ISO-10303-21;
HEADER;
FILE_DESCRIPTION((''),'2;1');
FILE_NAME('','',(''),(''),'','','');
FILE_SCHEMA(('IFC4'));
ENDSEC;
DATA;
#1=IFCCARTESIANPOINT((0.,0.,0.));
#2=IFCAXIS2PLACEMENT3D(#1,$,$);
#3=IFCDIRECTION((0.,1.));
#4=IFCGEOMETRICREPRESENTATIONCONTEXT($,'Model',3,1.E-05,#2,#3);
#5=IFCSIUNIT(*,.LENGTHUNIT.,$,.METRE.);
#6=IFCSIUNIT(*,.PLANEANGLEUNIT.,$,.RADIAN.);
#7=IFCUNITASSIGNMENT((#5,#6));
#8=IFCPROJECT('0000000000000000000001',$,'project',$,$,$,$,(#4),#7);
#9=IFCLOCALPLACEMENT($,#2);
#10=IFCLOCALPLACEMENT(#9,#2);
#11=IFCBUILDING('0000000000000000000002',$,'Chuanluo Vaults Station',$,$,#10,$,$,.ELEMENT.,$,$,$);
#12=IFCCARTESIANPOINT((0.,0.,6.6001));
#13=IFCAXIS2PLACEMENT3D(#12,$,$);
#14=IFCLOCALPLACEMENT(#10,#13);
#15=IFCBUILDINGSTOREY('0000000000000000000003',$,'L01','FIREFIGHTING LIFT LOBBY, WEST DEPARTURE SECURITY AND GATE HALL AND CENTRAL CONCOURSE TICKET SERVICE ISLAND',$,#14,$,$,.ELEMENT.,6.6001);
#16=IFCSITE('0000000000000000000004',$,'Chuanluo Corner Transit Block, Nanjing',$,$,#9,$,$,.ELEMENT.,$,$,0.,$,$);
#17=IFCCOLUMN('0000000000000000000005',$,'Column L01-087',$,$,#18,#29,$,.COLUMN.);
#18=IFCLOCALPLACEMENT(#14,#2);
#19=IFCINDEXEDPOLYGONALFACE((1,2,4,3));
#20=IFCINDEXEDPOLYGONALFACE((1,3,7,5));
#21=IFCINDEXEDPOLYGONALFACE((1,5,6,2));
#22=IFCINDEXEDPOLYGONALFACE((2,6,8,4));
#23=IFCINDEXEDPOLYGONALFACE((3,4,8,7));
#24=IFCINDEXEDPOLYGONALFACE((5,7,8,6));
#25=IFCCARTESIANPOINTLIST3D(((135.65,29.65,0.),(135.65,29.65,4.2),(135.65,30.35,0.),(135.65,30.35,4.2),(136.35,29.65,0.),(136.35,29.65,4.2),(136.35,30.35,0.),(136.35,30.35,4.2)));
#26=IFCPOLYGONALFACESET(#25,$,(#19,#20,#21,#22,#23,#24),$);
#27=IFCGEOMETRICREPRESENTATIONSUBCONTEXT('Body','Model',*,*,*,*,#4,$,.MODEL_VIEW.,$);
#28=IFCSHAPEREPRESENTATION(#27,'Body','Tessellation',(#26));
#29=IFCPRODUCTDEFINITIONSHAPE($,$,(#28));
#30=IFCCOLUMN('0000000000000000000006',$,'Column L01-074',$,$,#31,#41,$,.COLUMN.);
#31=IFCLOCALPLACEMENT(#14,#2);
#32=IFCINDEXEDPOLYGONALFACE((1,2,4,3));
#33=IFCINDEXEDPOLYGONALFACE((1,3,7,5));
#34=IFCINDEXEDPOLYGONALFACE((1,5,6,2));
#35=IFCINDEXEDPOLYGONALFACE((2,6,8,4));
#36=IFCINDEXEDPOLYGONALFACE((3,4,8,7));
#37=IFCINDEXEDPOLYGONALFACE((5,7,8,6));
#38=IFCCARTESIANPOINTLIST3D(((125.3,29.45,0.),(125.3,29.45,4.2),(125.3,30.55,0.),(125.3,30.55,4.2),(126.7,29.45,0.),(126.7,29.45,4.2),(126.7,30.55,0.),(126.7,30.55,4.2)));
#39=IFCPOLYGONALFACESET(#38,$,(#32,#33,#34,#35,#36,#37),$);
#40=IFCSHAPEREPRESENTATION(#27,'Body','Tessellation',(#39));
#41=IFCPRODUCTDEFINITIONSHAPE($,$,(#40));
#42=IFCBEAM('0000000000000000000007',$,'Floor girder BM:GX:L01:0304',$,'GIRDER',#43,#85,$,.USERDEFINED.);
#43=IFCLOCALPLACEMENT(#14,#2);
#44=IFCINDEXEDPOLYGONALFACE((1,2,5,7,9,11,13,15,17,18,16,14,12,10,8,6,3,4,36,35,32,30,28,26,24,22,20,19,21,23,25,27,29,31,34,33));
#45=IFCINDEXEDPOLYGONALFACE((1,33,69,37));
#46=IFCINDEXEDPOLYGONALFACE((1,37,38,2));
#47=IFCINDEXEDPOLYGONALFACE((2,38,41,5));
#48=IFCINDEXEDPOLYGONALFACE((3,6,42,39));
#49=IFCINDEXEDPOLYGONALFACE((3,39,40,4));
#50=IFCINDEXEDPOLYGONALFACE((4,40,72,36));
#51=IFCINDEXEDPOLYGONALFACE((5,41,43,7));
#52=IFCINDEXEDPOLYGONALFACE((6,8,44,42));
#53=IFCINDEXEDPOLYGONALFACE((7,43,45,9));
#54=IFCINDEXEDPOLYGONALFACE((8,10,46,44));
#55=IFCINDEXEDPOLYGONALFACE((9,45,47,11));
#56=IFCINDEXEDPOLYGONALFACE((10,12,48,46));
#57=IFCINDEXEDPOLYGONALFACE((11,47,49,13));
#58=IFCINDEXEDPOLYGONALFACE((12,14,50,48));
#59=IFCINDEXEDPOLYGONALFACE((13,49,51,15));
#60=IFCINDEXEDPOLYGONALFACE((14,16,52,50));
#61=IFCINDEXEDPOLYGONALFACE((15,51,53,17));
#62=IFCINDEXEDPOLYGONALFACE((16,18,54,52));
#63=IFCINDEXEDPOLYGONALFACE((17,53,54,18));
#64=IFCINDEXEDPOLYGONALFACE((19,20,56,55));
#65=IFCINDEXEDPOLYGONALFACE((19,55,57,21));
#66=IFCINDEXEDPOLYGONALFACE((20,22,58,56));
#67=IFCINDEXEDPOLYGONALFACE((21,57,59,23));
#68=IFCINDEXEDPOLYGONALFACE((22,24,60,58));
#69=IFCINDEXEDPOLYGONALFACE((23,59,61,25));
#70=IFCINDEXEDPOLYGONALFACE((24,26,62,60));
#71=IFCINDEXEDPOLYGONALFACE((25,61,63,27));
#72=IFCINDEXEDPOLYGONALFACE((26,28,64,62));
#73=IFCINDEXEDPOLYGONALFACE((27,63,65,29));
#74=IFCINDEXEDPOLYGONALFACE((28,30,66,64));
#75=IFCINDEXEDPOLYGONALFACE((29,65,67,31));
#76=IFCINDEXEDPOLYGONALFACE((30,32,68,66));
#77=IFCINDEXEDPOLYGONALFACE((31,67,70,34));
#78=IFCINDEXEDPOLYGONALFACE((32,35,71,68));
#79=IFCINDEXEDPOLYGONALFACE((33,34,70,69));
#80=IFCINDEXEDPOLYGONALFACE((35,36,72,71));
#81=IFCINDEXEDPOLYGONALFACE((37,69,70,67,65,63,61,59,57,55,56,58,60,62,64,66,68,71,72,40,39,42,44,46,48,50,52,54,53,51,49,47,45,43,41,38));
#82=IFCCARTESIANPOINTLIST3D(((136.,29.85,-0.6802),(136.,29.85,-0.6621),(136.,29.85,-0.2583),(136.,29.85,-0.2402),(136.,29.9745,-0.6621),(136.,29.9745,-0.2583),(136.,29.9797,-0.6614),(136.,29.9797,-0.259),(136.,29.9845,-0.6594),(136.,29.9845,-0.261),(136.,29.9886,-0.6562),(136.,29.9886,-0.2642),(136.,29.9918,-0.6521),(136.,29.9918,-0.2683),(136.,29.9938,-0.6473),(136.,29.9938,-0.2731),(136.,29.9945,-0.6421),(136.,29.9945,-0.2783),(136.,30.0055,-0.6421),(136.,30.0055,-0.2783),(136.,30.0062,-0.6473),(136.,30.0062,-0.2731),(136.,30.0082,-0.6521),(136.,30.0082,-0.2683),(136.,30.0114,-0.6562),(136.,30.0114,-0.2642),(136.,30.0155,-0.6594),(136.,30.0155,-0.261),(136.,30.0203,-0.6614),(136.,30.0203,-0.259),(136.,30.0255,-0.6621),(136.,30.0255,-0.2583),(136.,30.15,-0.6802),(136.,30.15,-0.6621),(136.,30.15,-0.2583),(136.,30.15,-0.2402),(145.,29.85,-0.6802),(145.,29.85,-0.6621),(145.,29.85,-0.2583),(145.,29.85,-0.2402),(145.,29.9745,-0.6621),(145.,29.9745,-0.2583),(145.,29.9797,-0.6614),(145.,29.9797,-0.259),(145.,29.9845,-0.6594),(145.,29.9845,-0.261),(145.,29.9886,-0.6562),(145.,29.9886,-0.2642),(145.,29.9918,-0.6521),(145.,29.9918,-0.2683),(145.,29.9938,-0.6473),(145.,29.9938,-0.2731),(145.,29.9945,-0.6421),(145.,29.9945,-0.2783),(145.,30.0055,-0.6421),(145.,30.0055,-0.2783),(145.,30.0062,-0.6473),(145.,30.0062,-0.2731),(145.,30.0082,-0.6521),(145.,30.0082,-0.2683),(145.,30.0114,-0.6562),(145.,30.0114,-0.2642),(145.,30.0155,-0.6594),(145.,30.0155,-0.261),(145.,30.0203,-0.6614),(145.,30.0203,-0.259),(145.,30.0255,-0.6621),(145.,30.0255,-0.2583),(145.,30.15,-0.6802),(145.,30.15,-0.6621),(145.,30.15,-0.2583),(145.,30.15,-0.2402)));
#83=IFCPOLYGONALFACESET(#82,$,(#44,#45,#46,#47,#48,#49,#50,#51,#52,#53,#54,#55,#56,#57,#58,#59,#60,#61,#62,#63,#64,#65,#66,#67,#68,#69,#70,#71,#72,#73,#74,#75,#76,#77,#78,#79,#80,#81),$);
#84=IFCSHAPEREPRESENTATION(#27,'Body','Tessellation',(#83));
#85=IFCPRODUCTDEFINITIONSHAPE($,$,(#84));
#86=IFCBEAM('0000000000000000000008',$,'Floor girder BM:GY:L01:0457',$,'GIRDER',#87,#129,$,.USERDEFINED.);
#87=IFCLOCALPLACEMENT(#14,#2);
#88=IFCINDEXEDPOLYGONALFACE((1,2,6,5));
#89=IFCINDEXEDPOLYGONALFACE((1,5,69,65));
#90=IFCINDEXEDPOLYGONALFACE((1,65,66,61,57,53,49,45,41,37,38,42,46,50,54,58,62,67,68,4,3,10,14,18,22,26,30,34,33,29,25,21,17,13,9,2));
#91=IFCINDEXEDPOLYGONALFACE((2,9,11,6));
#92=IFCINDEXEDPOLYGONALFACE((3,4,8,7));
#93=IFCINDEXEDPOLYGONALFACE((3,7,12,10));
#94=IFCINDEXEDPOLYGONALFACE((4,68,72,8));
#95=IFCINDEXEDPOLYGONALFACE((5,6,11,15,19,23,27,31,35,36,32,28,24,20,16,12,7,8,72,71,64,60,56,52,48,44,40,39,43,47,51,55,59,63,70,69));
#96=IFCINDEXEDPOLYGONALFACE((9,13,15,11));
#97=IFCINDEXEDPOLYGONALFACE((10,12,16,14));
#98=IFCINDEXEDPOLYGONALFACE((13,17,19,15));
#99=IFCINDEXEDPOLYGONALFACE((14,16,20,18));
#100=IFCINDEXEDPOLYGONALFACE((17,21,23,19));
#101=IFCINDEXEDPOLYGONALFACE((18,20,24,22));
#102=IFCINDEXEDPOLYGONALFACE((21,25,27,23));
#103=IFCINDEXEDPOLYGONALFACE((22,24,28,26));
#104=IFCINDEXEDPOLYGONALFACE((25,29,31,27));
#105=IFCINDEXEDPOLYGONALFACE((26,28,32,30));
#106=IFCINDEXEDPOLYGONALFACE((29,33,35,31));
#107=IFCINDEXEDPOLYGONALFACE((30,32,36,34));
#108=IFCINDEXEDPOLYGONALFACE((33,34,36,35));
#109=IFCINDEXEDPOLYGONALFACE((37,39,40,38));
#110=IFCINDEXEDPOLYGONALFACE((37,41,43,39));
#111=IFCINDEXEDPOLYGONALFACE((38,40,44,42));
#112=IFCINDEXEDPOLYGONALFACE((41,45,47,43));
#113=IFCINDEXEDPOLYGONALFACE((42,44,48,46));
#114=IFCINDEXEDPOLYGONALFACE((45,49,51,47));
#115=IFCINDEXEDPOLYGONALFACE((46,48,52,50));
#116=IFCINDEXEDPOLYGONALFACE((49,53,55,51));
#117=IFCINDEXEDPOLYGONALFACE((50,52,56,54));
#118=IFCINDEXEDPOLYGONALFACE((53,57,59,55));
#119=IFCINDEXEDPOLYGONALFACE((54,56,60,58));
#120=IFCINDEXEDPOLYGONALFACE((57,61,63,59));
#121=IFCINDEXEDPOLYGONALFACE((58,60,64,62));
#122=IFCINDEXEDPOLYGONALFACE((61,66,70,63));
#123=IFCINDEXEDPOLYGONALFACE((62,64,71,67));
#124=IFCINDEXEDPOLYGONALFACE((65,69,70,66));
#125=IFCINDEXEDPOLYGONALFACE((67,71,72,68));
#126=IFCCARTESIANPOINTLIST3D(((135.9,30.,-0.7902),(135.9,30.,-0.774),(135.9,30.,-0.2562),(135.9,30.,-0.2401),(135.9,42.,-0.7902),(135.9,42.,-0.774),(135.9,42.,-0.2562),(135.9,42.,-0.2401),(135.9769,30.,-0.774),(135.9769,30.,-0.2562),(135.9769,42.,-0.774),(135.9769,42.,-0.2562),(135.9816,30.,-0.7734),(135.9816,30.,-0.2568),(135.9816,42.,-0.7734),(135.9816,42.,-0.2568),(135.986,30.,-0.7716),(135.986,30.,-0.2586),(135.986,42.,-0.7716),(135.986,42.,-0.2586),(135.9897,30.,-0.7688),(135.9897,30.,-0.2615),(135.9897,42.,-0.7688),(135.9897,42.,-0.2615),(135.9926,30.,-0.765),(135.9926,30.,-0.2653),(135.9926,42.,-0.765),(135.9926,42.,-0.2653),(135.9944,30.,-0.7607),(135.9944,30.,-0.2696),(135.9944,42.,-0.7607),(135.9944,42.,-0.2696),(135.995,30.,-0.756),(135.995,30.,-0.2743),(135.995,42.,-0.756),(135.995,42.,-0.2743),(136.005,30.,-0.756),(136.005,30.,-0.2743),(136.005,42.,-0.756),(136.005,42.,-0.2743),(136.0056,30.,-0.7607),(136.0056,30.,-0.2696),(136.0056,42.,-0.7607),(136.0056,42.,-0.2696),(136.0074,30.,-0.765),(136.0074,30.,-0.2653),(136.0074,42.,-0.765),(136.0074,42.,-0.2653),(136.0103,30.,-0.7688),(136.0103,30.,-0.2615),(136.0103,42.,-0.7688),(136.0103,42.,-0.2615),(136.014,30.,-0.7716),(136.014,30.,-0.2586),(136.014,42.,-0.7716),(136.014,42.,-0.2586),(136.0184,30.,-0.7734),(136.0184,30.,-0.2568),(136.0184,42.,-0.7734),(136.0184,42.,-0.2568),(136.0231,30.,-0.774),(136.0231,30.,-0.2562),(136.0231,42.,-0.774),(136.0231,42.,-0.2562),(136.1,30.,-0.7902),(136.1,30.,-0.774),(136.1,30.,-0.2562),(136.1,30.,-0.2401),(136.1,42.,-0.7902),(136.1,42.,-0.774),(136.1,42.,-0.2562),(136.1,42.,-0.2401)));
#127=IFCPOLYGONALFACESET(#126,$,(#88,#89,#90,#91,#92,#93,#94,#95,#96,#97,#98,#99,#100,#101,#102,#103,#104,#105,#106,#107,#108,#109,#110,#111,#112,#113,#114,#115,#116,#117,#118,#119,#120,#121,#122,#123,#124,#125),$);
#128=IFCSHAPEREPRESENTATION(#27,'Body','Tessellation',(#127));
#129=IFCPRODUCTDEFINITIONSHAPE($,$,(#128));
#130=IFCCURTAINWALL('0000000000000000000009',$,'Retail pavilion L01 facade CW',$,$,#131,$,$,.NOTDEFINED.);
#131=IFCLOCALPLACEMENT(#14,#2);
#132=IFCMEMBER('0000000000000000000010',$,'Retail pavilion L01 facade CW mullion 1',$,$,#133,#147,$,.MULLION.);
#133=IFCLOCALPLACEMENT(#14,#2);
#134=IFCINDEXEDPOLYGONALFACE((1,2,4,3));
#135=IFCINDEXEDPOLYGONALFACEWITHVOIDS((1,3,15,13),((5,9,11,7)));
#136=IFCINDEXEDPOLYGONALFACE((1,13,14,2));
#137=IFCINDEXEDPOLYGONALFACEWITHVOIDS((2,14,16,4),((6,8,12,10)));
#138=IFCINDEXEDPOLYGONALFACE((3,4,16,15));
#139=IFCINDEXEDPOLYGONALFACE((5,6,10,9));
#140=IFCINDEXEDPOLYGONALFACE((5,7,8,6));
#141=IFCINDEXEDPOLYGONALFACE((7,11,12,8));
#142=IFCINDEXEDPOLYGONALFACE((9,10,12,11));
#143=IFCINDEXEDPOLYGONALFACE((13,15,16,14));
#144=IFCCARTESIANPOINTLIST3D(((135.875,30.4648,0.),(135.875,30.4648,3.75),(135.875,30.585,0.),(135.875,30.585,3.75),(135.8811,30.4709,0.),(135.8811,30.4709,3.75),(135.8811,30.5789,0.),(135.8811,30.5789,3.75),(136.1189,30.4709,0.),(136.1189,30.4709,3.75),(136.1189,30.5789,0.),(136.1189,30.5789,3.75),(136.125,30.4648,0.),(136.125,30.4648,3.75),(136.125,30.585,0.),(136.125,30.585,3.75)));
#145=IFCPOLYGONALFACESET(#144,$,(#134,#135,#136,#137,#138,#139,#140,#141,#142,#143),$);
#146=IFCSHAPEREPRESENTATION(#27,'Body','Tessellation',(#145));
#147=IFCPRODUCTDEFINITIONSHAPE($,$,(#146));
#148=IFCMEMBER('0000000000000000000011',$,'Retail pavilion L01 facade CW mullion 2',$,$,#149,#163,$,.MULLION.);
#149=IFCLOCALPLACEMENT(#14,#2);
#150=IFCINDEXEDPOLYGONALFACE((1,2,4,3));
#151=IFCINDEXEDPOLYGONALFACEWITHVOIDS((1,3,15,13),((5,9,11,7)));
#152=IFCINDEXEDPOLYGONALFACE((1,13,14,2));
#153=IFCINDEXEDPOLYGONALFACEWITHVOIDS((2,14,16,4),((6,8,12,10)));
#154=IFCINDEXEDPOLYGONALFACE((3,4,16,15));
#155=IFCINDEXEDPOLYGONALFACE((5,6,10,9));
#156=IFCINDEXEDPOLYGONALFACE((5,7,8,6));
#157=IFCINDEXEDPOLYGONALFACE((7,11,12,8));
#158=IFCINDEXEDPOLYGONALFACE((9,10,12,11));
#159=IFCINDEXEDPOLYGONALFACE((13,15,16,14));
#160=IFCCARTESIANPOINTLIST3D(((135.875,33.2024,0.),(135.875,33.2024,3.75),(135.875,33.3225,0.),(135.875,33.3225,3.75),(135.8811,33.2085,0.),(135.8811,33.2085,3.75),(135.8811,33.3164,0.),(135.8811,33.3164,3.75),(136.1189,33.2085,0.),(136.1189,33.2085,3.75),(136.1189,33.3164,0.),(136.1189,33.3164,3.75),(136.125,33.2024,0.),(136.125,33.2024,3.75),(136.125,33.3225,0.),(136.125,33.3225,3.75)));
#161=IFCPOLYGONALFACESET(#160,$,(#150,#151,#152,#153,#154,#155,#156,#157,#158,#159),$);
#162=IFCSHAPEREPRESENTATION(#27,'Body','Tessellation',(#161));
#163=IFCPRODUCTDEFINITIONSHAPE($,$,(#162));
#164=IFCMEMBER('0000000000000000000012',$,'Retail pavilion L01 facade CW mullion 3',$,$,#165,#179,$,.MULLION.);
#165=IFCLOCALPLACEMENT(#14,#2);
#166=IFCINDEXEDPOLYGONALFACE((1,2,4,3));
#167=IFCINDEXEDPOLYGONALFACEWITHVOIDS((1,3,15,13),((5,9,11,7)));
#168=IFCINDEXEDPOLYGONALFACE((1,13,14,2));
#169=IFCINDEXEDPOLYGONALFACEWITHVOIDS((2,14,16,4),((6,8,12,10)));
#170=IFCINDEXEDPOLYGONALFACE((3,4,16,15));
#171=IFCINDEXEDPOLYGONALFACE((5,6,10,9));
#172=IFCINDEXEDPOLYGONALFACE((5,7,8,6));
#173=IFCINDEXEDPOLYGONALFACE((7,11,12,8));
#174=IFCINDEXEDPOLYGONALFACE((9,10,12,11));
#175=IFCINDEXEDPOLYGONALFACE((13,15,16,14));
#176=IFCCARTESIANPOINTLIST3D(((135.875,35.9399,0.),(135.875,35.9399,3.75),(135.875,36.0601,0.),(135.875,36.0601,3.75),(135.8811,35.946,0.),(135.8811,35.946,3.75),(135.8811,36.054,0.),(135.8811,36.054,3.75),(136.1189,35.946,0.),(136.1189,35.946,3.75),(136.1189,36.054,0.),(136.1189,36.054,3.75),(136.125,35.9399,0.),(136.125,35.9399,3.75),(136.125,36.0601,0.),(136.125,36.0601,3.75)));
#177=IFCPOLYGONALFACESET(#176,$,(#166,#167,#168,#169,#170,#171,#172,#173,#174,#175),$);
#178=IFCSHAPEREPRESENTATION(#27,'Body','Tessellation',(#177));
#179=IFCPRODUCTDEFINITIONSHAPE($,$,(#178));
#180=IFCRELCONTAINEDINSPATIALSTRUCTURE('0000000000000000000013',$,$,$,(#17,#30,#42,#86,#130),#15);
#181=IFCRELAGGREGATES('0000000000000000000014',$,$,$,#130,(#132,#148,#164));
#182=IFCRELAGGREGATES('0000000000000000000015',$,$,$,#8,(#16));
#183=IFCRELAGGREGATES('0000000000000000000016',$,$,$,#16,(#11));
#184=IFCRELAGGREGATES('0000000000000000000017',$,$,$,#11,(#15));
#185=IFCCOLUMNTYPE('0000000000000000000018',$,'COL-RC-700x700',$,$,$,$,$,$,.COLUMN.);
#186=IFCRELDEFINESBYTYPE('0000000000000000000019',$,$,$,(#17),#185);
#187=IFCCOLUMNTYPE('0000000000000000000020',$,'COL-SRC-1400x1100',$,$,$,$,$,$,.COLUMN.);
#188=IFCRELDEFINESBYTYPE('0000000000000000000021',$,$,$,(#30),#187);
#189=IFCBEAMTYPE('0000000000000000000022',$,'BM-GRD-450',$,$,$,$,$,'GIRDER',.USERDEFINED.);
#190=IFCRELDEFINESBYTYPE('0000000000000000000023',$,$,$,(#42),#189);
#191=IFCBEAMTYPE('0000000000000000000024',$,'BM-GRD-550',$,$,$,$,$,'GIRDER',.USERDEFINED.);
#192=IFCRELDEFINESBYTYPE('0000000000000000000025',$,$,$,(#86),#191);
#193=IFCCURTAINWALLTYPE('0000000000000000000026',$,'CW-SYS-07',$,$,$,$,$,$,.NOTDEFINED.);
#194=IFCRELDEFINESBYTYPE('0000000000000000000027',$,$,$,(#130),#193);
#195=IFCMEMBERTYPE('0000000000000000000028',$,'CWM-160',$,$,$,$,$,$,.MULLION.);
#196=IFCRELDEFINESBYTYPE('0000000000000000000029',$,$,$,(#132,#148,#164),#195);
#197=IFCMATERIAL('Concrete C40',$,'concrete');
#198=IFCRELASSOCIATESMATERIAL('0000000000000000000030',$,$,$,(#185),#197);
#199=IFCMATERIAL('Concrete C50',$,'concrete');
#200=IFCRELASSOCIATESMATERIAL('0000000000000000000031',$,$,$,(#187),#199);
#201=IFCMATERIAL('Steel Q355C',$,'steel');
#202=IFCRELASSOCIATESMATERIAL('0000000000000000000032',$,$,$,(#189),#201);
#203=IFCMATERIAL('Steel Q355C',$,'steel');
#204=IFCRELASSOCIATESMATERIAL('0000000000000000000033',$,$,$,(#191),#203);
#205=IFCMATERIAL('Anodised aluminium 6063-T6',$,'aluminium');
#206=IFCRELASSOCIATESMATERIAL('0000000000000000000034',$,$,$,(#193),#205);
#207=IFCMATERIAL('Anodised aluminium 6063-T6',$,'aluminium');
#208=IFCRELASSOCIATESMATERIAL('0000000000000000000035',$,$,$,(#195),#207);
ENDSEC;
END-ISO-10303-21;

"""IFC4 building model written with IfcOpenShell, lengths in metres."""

from ifc_helpers import new_model, si_unit, direction, frame, origin, origin_2d, place, context, subcontext, project, spatial, rectangle, hollow_rectangle, i_section, extrude, material, material_profile, profile_set, type_object, element, aggregate, save


model = new_model("IFC4")

# Units and contexts
model_context = context("Model", 3, precision=1e-05, world=origin(), true_north=direction((0.0, 1.0)))
body_context = subcontext(model_context, "Body", "Model", "MODEL_VIEW")
ifc_project = project(units=[si_unit("LENGTHUNIT", "METRE"), si_unit("PLANEANGLEUNIT", "RADIAN")], contexts=[model_context])

# Site, building, storey
site_placement = place(None, origin())
site = spatial("IfcSite", under=ifc_project, at=site_placement, Name="Chuanluo Corner Transit Block, Nanjing", CompositionType="ELEMENT", RefElevation=0.0)
building_placement = place(site_placement, origin())
building = spatial("IfcBuilding", under=site, at=building_placement, Name="Chuanluo Vaults Station", CompositionType="ELEMENT")
storey_placement = place(building_placement, frame((0.0, 0.0, 6.6001)))
storey = spatial("IfcBuildingStorey", under=building, at=storey_placement, Name="L01", Description="FIREFIGHTING LIFT LOBBY, WEST DEPARTURE SECURITY AND GATE HALL AND CENTRAL CONCOURSE TICKET SERVICE ISLAND", CompositionType="ELEMENT", Elevation=6.6001)

# Columns
ifc_material_1 = material(Name="Concrete C40", Category="concrete")
ifc_material_profile_1 = material_profile(ifc_material_1, rectangle(XDim=0.7, YDim=0.7, at=origin_2d()))
ifc_profile_set_1 = profile_set([ifc_material_profile_1], Name="Concrete C40")
column_type_1 = type_object("IfcColumnType", Name="COL-RC-700x700", PredefinedType="COLUMN", material=ifc_profile_set_1)
column_1_placement = place(storey_placement, frame((136.0, 30.0, 0.0), z_axis=(0.0, 0.0, 1.0), x_axis=(1.0, 0.0, 0.0)))
element("IfcColumn", 1, at=column_1_placement, inside=storey, type_object=column_type_1, Name="Column L01-087", PredefinedType="COLUMN", context=body_context, shape_type="SweptSolid", body=[
    extrude(rectangle(XDim=0.7, YDim=0.7, at=origin_2d()), origin(), (0.0, 0.0, 1.0), 4.2),
])
ifc_material_2 = material(Name="Concrete C50", Category="concrete")
ifc_material_profile_2 = material_profile(ifc_material_2, rectangle(XDim=1.3999, YDim=1.1001, at=origin_2d()))
ifc_profile_set_2 = profile_set([ifc_material_profile_2], Name="Concrete C50")
column_type_2 = type_object("IfcColumnType", Name="COL-SRC-1400x1100", PredefinedType="COLUMN", material=ifc_profile_set_2)
column_2_placement = place(storey_placement, frame((126.0, 30.0, 0.0), z_axis=(0.0, 0.0, 1.0), x_axis=(1.0, 0.0, 0.0)))
element("IfcColumn", 2, at=column_2_placement, inside=storey, type_object=column_type_2, Name="Column L01-074", PredefinedType="COLUMN", context=body_context, shape_type="SweptSolid", body=[
    extrude(rectangle(XDim=1.3999, YDim=1.1001, at=origin_2d()), origin(), (0.0, 0.0, 1.0), 4.2),
])

# Beams
ifc_material_3 = material(Name="Steel Q355C", Category="steel")
ifc_material_profile_3 = material_profile(ifc_material_3, i_section(OverallWidth=0.3, OverallDepth=0.4399, WebThickness=0.011, FlangeThickness=0.0181, FilletRadius=0.02, at=origin_2d()))
ifc_profile_set_3 = profile_set([ifc_material_profile_3], Name="Steel Q355C")
beam_type_1 = type_object("IfcBeamType", Name="BM-GRD-450", ElementType="GIRDER", PredefinedType="USERDEFINED", material=ifc_profile_set_3)
beam_1_placement = place(storey_placement, frame((136.0, 30.0, -0.4602), z_axis=(1.0, 0.0, 0.0), x_axis=(0.0, 1.0, 0.0)))
element("IfcBeam", 3, at=beam_1_placement, inside=storey, type_object=beam_type_1, Name="Floor girder BM:GX:L01:0304", ObjectType="GIRDER", PredefinedType="USERDEFINED", context=body_context, shape_type="SweptSolid", body=[
    extrude(i_section(OverallWidth=0.3, OverallDepth=0.4399, WebThickness=0.011, FlangeThickness=0.0181, FilletRadius=0.02, at=origin_2d()), origin(), (0.0, 0.0, 1.0), 9.0),
])
ifc_material_4 = material(Name="Steel Q355C", Category="steel")
ifc_material_profile_4 = material_profile(ifc_material_4, i_section(OverallWidth=0.2, OverallDepth=0.55, WebThickness=0.01, FlangeThickness=0.0161, FilletRadius=0.0181, at=origin_2d()))
ifc_profile_set_4 = profile_set([ifc_material_profile_4], Name="Steel Q355C")
beam_type_2 = type_object("IfcBeamType", Name="BM-GRD-550", ElementType="GIRDER", PredefinedType="USERDEFINED", material=ifc_profile_set_4)
beam_2_placement = place(storey_placement, frame((136.0, 30.0, -0.5151), z_axis=(0.0, 1.0, 0.0), x_axis=(-1.0, 0.0, 0.0)))
element("IfcBeam", 4, at=beam_2_placement, inside=storey, type_object=beam_type_2, Name="Floor girder BM:GY:L01:0457", ObjectType="GIRDER", PredefinedType="USERDEFINED", context=body_context, shape_type="SweptSolid", body=[
    extrude(i_section(OverallWidth=0.2, OverallDepth=0.55, WebThickness=0.01, FlangeThickness=0.0161, FilletRadius=0.0181, at=origin_2d()), origin(), (0.0, 0.0, 1.0), 12.0),
])

# Curtain wall, members
ifc_material_5 = material(Name="Anodised aluminium 6063-T6", Category="aluminium")
curtain_wall_type = type_object("IfcCurtainWallType", Name="CW-SYS-07", PredefinedType="NOTDEFINED", material=ifc_material_5)
curtain_wall_placement = place(storey_placement, origin())
curtain_wall = element("IfcCurtainWall", 5, at=curtain_wall_placement, inside=storey, type_object=curtain_wall_type, Name="Retail pavilion L01 facade CW", PredefinedType="NOTDEFINED")
ifc_material_6 = material(Name="Anodised aluminium 6063-T6", Category="aluminium")
ifc_material_profile_5 = material_profile(ifc_material_6, hollow_rectangle(XDim=0.1201, YDim=0.25, WallThickness=0.0061, at=origin_2d()))
ifc_profile_set_5 = profile_set([ifc_material_profile_5], Name="Anodised aluminium 6063-T6")
member_type_1 = type_object("IfcMemberType", Name="CWM-160", PredefinedType="MULLION", material=ifc_profile_set_5)
member_1_placement = place(storey_placement, frame((136.0, 30.5249, 0.0), z_axis=(0.0, 0.0, 1.0), x_axis=(0.0, 1.0, 0.0)))
member_1 = element("IfcMember", 6, at=member_1_placement, type_object=member_type_1, Name="Retail pavilion L01 facade CW mullion 1", PredefinedType="MULLION", context=body_context, shape_type="SweptSolid", body=[
    extrude(hollow_rectangle(XDim=0.1201, YDim=0.25, WallThickness=0.0061, at=origin_2d()), origin(), (0.0, 0.0, 1.0), 3.75),
])
member_2_placement = place(storey_placement, frame((136.0, 33.2625, 0.0), z_axis=(0.0, 0.0, 1.0), x_axis=(0.0, 1.0, 0.0)))
member_2 = element("IfcMember", 7, at=member_2_placement, type_object=member_type_1, Name="Retail pavilion L01 facade CW mullion 2", PredefinedType="MULLION", context=body_context, shape_type="SweptSolid", body=[
    extrude(hollow_rectangle(XDim=0.1201, YDim=0.25, WallThickness=0.0061, at=origin_2d()), origin(), (0.0, 0.0, 1.0), 3.75),
])
member_3_placement = place(storey_placement, frame((136.0, 36.0, 0.0), z_axis=(0.0, 0.0, 1.0), x_axis=(0.0, 1.0, 0.0)))
member_3 = element("IfcMember", 8, at=member_3_placement, type_object=member_type_1, Name="Retail pavilion L01 facade CW mullion 3", PredefinedType="MULLION", context=body_context, shape_type="SweptSolid", body=[
    extrude(hollow_rectangle(XDim=0.1201, YDim=0.25, WallThickness=0.0061, at=origin_2d()), origin(), (0.0, 0.0, 1.0), 3.75),
])

aggregate(curtain_wall, [member_1, member_2, member_3])

save(model, "model.ifc")
